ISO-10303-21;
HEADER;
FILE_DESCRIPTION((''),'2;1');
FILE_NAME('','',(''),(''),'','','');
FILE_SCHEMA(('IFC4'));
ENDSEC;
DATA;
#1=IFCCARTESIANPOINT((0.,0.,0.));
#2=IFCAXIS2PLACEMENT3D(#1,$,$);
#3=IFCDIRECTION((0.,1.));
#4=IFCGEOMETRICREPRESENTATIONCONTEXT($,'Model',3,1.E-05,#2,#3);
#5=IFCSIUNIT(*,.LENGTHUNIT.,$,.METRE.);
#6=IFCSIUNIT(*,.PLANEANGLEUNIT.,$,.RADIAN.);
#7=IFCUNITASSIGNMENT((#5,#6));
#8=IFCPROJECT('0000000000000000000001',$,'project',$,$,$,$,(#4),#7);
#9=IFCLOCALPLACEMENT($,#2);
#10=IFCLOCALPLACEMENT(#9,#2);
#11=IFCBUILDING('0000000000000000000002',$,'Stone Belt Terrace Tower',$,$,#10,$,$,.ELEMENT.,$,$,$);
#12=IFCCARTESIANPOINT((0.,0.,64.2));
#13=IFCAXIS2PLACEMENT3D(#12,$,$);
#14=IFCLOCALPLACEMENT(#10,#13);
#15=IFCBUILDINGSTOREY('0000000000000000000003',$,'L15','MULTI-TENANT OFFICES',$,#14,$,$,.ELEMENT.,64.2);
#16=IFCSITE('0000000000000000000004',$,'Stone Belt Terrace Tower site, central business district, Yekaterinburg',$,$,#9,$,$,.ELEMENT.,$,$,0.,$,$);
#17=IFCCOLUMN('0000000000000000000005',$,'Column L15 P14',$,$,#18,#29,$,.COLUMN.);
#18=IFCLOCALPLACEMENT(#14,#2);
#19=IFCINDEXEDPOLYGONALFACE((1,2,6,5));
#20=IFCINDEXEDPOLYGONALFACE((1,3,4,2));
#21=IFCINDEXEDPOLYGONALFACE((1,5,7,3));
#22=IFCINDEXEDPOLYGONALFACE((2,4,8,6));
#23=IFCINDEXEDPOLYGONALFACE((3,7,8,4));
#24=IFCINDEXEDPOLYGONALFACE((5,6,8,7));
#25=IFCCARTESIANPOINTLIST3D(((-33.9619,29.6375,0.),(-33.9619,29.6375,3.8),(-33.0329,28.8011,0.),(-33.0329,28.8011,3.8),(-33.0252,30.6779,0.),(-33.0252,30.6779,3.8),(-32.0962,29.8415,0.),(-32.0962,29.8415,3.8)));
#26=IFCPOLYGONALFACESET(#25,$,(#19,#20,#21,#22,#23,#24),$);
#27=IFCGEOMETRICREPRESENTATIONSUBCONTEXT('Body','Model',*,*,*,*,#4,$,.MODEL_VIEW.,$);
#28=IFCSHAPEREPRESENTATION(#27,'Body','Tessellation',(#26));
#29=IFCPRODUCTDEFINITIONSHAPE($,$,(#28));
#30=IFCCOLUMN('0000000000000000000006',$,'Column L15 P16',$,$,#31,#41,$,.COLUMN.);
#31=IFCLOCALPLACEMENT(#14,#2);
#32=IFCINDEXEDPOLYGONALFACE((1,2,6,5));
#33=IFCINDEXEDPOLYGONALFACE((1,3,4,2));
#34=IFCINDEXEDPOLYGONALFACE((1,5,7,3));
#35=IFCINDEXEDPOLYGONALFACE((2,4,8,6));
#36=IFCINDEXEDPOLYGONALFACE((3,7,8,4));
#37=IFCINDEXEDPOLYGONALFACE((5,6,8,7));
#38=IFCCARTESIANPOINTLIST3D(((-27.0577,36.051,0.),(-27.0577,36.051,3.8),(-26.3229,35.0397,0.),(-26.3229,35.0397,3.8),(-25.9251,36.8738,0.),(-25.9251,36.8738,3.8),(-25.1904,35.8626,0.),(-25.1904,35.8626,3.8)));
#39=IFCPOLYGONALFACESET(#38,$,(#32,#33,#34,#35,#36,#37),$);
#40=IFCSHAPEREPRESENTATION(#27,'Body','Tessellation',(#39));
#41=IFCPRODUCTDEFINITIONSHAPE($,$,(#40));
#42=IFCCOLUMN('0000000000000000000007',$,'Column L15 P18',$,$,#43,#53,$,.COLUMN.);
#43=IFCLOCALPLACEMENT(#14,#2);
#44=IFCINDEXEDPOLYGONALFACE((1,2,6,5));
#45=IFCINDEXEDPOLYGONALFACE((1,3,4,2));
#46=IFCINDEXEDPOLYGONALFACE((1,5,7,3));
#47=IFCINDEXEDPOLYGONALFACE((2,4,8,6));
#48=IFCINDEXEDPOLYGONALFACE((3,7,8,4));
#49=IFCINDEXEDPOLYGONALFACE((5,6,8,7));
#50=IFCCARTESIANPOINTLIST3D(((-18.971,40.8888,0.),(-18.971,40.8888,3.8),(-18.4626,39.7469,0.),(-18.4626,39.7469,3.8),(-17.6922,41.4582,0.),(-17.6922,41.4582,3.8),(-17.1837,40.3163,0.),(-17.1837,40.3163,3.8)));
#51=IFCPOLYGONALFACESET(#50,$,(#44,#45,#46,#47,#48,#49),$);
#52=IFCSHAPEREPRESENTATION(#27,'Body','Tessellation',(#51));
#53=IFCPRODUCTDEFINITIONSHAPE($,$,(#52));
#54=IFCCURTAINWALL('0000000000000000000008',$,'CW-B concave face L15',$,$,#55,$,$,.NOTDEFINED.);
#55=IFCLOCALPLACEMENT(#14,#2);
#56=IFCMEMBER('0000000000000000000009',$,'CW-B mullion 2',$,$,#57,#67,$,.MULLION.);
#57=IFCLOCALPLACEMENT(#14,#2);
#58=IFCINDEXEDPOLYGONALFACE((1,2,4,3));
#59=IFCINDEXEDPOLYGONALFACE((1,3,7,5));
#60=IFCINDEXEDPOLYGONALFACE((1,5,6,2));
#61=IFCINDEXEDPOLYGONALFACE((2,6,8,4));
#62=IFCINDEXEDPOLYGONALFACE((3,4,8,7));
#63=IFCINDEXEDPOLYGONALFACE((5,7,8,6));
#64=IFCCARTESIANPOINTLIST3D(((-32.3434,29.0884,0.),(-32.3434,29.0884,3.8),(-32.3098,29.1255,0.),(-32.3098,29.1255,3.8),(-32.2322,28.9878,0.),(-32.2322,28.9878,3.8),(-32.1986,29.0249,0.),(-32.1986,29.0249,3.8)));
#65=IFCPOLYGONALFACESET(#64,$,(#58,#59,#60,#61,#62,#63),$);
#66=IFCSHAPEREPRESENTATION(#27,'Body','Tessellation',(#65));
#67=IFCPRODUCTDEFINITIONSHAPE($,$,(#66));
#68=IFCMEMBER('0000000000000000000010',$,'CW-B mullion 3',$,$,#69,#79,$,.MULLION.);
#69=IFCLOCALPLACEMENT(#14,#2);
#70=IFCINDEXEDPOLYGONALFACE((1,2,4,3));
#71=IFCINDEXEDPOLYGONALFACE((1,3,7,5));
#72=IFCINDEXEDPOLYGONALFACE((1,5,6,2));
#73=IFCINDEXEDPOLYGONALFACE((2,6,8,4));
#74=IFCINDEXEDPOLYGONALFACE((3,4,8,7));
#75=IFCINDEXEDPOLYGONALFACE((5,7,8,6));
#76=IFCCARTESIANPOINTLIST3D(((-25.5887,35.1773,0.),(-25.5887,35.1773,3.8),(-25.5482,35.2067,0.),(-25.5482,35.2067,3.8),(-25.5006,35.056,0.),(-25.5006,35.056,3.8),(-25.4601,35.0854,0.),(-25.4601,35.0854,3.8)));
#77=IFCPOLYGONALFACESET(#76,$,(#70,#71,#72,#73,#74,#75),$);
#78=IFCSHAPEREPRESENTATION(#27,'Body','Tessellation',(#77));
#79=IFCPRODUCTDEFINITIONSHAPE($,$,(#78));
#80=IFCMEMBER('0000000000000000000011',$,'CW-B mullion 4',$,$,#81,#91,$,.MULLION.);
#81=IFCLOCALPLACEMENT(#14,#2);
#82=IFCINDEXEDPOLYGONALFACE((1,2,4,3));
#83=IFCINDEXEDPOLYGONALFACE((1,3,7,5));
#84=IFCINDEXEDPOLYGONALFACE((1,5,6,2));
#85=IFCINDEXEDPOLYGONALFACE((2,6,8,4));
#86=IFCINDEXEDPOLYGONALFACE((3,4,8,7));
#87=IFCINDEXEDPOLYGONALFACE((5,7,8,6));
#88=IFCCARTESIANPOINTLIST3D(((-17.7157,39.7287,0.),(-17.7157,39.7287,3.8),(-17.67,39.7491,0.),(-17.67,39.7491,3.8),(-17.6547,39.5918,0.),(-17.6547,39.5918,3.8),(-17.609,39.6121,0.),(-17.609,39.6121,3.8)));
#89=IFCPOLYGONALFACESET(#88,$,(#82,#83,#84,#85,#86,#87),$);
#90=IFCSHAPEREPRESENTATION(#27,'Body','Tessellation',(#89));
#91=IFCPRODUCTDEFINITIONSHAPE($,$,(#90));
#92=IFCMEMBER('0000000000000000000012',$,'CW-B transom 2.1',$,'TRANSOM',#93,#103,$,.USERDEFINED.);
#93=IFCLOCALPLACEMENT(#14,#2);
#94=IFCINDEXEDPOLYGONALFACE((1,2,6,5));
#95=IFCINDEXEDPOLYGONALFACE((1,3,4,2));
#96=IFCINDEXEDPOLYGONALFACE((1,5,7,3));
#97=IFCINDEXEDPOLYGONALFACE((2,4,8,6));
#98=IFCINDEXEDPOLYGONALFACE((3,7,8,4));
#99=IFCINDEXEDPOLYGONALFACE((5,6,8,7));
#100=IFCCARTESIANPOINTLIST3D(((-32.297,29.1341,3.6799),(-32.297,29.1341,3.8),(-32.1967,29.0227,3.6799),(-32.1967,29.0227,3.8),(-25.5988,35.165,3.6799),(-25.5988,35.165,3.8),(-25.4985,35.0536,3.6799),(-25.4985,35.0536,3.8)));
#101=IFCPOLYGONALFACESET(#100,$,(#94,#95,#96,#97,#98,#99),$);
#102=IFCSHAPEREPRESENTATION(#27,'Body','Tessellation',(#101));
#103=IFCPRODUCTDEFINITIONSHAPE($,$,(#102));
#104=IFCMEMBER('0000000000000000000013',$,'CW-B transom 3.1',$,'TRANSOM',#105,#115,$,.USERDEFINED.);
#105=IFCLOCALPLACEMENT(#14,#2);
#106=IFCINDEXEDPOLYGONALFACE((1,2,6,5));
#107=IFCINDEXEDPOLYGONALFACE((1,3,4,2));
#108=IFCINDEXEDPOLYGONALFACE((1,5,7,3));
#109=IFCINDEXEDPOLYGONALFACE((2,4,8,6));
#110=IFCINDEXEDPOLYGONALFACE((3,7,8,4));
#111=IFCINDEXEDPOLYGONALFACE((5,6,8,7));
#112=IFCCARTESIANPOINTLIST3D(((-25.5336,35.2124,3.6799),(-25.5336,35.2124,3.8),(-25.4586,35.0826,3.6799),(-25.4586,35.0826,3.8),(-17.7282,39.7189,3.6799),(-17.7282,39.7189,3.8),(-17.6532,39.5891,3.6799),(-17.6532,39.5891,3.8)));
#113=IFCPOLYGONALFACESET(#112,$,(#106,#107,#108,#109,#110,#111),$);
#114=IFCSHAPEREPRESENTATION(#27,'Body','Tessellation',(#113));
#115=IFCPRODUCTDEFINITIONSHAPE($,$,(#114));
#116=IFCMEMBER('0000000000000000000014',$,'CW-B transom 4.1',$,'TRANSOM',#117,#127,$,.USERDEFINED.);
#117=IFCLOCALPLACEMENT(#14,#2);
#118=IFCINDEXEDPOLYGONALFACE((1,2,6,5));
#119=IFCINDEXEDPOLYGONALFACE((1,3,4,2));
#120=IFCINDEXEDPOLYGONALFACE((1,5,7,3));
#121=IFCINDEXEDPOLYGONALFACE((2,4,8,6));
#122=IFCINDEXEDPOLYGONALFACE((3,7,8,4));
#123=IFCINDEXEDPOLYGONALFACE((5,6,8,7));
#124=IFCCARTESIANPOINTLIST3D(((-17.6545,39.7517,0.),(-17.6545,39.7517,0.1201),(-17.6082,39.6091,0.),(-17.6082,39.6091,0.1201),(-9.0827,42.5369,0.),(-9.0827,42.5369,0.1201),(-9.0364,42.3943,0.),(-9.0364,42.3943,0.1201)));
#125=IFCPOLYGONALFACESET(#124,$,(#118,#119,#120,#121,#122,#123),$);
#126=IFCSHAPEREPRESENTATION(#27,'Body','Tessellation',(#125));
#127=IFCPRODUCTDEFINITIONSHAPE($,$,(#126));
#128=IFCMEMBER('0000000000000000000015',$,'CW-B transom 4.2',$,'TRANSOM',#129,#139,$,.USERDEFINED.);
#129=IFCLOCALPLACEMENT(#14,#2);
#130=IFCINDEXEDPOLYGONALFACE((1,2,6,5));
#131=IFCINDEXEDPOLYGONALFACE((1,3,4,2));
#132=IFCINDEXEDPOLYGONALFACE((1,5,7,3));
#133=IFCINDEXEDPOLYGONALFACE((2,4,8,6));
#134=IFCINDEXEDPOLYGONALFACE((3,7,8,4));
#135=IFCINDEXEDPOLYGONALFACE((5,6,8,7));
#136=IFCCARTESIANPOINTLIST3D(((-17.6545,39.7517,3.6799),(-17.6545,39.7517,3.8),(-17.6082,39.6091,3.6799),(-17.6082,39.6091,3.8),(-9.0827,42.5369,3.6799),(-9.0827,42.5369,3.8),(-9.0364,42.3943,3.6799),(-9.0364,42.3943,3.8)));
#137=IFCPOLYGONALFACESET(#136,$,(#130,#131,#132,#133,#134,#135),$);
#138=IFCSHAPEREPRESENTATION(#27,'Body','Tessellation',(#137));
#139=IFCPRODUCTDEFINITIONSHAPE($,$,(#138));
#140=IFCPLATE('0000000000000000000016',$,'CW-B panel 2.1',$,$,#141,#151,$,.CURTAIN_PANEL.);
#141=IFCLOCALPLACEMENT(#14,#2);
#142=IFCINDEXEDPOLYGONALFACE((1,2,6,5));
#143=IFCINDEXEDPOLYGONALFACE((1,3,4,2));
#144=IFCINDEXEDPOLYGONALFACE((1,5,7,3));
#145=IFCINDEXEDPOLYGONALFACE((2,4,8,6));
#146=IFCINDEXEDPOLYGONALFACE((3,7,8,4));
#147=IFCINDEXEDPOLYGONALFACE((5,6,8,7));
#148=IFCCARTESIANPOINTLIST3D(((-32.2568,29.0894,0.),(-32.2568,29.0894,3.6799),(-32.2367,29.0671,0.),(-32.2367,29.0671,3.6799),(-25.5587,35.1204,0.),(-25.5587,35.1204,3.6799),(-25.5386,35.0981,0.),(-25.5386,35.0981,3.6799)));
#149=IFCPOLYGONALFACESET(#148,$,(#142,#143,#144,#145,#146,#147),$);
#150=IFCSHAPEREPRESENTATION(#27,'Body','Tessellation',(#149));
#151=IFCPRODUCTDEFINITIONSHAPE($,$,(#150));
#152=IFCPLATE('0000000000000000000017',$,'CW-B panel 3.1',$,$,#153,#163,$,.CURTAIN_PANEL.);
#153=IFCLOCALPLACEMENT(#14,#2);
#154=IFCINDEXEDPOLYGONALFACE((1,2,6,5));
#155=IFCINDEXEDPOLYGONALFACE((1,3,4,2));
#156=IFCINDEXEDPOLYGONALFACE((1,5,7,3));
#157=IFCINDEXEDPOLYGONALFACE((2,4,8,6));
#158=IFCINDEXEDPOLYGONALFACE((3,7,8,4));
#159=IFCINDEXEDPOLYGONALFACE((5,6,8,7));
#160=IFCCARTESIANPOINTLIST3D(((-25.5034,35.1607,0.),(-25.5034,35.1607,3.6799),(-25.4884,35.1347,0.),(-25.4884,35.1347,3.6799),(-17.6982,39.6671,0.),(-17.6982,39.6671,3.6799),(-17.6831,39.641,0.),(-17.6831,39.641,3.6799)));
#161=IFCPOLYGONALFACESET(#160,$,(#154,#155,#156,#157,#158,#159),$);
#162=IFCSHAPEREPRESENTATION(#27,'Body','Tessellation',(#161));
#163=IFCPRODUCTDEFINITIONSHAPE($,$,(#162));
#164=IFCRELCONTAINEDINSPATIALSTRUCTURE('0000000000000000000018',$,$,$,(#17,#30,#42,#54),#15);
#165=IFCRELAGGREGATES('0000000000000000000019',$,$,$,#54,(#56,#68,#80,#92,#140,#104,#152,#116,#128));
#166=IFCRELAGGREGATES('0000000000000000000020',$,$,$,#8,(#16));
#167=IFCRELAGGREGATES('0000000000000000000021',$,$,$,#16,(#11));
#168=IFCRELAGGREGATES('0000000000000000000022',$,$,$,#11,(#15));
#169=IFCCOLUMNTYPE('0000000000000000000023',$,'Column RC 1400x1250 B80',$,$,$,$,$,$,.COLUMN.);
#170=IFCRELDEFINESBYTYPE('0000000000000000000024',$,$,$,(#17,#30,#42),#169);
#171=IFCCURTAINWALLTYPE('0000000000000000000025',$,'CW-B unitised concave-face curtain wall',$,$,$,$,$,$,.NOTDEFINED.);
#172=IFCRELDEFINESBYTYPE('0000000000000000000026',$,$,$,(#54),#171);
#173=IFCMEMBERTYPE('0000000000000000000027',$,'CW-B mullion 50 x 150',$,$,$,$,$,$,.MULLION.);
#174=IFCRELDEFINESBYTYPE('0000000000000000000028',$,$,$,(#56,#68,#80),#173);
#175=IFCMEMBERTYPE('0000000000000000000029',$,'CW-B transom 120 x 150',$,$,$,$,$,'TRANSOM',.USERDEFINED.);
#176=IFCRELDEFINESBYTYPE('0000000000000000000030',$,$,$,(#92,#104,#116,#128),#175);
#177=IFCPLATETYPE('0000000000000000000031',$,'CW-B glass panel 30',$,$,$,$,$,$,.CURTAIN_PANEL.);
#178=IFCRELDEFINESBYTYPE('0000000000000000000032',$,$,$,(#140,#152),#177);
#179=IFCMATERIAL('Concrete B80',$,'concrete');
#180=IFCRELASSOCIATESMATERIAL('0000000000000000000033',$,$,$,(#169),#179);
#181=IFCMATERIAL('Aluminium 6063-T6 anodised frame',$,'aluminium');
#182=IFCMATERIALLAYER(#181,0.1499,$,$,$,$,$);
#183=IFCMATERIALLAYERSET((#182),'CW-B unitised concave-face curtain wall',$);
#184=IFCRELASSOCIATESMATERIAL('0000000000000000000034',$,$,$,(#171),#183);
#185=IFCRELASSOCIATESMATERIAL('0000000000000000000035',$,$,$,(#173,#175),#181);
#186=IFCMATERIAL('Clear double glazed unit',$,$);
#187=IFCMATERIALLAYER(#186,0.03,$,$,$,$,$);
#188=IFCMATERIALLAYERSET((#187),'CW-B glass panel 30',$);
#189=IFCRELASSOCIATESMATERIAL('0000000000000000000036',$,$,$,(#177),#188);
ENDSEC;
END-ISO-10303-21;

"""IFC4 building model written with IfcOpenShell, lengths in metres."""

from ifc_helpers import new_model, si_unit, direction, frame, origin, origin_2d, place, context, subcontext, project, spatial, rectangle, extrude, material, layer, layer_set, material_profile, profile_set, type_object, element, aggregate, save


model = new_model("IFC4")

# Units and contexts
model_context = context("Model", 3, precision=1e-05, world=origin(), true_north=direction((0.0, 1.0)))
body_context = subcontext(model_context, "Body", "Model", "MODEL_VIEW")
ifc_project = project(units=[si_unit("LENGTHUNIT", "METRE"), si_unit("PLANEANGLEUNIT", "RADIAN")], contexts=[model_context])

# Site, building, storey
site_placement = place(None, origin())
site = spatial("IfcSite", under=ifc_project, at=site_placement, Name="Stone Belt Terrace Tower site, central business district, Yekaterinburg", CompositionType="ELEMENT", RefElevation=0.0)
building_placement = place(site_placement, origin())
building = spatial("IfcBuilding", under=site, at=building_placement, Name="Stone Belt Terrace Tower", CompositionType="ELEMENT")
storey_placement = place(building_placement, frame((0.0, 0.0, 64.2)))
storey = spatial("IfcBuildingStorey", under=building, at=storey_placement, Name="L15", Description="MULTI-TENANT OFFICES", CompositionType="ELEMENT", Elevation=64.2)

# Columns
ifc_material_1 = material(Name="Concrete B80", Category="concrete")
ifc_material_profile_1 = material_profile(ifc_material_1, rectangle(XDim=1.3999, YDim=1.25, at=origin_2d()), Name="RC 1400x1250")
ifc_profile_set_1 = profile_set([ifc_material_profile_1], Name="Concrete B80")
column_type = type_object("IfcColumnType", Name="Column RC 1400x1250 B80", PredefinedType="COLUMN", material=ifc_profile_set_1)
for number, where, z_axis, x_axis, name in (
    (1, (-33.0291, 29.7395, 0.0), (0.0, 0.0, 1.0), (0.669131, 0.743145, 0.0), "Column L15 P14"),
    (2, (-26.124, 35.9568, 0.0), (0.0, 0.0, 1.0), (0.809017, 0.587785, 0.0), "Column L15 P16"),
    (3, (-18.0774, 40.6025, 0.0), (0.0, 0.0, 1.0), (0.913545, 0.406737, 0.0), "Column L15 P18"),
):
    element("IfcColumn", number, at=place(storey_placement, frame(where, z_axis=z_axis, x_axis=x_axis)), inside=storey, type_object=column_type, Name=name, PredefinedType="COLUMN", context=body_context, shape_type="SweptSolid", body=[
        extrude(rectangle(XDim=1.3999, YDim=1.25, at=origin_2d()), origin(), (0.0, 0.0, 1.0), 3.8),
    ])

# Curtain wall, members, plates
ifc_material_2 = material(Name="Aluminium 6063-T6 anodised frame", Category="aluminium")
ifc_layer_1 = layer(ifc_material_2, 0.1499)
ifc_layer_set_1 = layer_set([ifc_layer_1], Name="CW-B unitised concave-face curtain wall")
curtain_wall_type = type_object("IfcCurtainWallType", Name="CW-B unitised concave-face curtain wall", PredefinedType="NOTDEFINED", material=ifc_layer_set_1)
curtain_wall_placement = place(storey_placement, origin())
curtain_wall = element("IfcCurtainWall", 4, at=curtain_wall_placement, inside=storey, type_object=curtain_wall_type, Name="CW-B concave face L15", PredefinedType="NOTDEFINED")
ifc_material_profile_2 = material_profile(ifc_material_2, rectangle(XDim=0.1499, YDim=0.05, at=origin_2d()), Name="Aluminium 6063-T6 50x150")
ifc_profile_set_2 = profile_set([ifc_material_profile_2], Name="Aluminium 6063-T6 anodised frame")
member_type_1 = type_object("IfcMemberType", Name="CW-B mullion 50 x 150", PredefinedType="MULLION", material=ifc_profile_set_2)
member_1_placement = place(storey_placement, frame((-32.271, 29.0566, 0.0), z_axis=(0.0, 0.0, 1.0), x_axis=(-0.74133, 0.671141, 0.0)))
member_1 = element("IfcMember", 5, at=member_1_placement, type_object=member_type_1, Name="CW-B mullion 2", PredefinedType="MULLION", context=body_context, shape_type="SweptSolid", body=[
    extrude(rectangle(XDim=0.1499, YDim=0.05, at=origin_2d()), origin(), (0.0, 0.0, 1.0), 3.8),
])
member_2_placement = place(storey_placement, frame((-25.5244, 35.1313, 0.0), z_axis=(0.0, 0.0, 1.0), x_axis=(-0.587785, 0.809017, 0.0)))
member_2 = element("IfcMember", 6, at=member_2_placement, type_object=member_type_1, Name="CW-B mullion 3", PredefinedType="MULLION", context=body_context, shape_type="SweptSolid", body=[
    extrude(rectangle(XDim=0.1499, YDim=0.05, at=origin_2d()), origin(), (0.0, 0.0, 1.0), 3.8),
])
member_3_placement = place(storey_placement, frame((-17.6624, 39.6704, 0.0), z_axis=(0.0, 0.0, 1.0), x_axis=(-0.406737, 0.913545, 0.0)))
member_3 = element("IfcMember", 7, at=member_3_placement, type_object=member_type_1, Name="CW-B mullion 4", PredefinedType="MULLION", context=body_context, shape_type="SweptSolid", body=[
    extrude(rectangle(XDim=0.1499, YDim=0.05, at=origin_2d()), origin(), (0.0, 0.0, 1.0), 3.8),
])
ifc_material_profile_3 = material_profile(ifc_material_2, rectangle(XDim=0.1499, YDim=0.1201, at=origin_2d()), Name="Aluminium 6063-T6 150x120")
ifc_profile_set_3 = profile_set([ifc_material_profile_3], Name="Aluminium 6063-T6 anodised frame")
member_type_2 = type_object("IfcMemberType", Name="CW-B transom 120 x 150", ElementType="TRANSOM", PredefinedType="USERDEFINED", material=ifc_profile_set_3)
member_4_placement = place(storey_placement, frame((-32.2468, 29.0784, 3.74), z_axis=(0.743151, 0.669123, 0.0), x_axis=(-0.669123, 0.743151, 0.0)))
member_4 = element("IfcMember", 8, at=member_4_placement, type_object=member_type_2, Name="CW-B transom 2.1", ObjectType="TRANSOM", PredefinedType="USERDEFINED", context=body_context, shape_type="SweptSolid", body=[
    extrude(rectangle(XDim=0.1499, YDim=0.1201, at=origin_2d()), origin(), (0.0, 0.0, 1.0), 9.0132),
])
member_5_placement = place(storey_placement, frame((-25.4961, 35.1475, 3.74), z_axis=(0.866019, 0.500011, 0.0), x_axis=(-0.500011, 0.866019, 0.0)))
member_5 = element("IfcMember", 9, at=member_5_placement, type_object=member_type_2, Name="CW-B transom 3.1", ObjectType="TRANSOM", PredefinedType="USERDEFINED", context=body_context, shape_type="SweptSolid", body=[
    extrude(rectangle(XDim=0.1499, YDim=0.1201, at=origin_2d()), origin(), (0.0, 0.0, 1.0), 9.0129),
])
member_6_placement = place(storey_placement, frame((-17.6313, 39.6804, 0.0601), z_axis=(0.951056, 0.309019, 0.0), x_axis=(-0.309019, 0.951056, 0.0)))
member_6 = element("IfcMember", 10, at=member_6_placement, type_object=member_type_2, Name="CW-B transom 4.1", ObjectType="TRANSOM", PredefinedType="USERDEFINED", context=body_context, shape_type="SweptSolid", body=[
    extrude(rectangle(XDim=0.1499, YDim=0.1201, at=origin_2d()), origin(), (0.0, 0.0, 1.0), 9.0129),
])
member_7_placement = place(storey_placement, frame((-17.6313, 39.6804, 3.74), z_axis=(0.951056, 0.309019, 0.0), x_axis=(-0.309019, 0.951056, 0.0)))
member_7 = element("IfcMember", 11, at=member_7_placement, type_object=member_type_2, Name="CW-B transom 4.2", ObjectType="TRANSOM", PredefinedType="USERDEFINED", context=body_context, shape_type="SweptSolid", body=[
    extrude(rectangle(XDim=0.1499, YDim=0.1201, at=origin_2d()), origin(), (0.0, 0.0, 1.0), 9.0129),
])
ifc_material_3 = material(Name="Clear double glazed unit")
ifc_layer_2 = layer(ifc_material_3, 0.03)
ifc_layer_set_2 = layer_set([ifc_layer_2], Name="CW-B glass panel 30")
plate_type = type_object("IfcPlateType", Name="CW-B glass panel 30", PredefinedType="CURTAIN_PANEL", material=ifc_layer_set_2)
plate_1_placement = place(storey_placement, frame((-28.8977, 32.0938, 0.0), z_axis=(0.0, 0.0, 1.0), x_axis=(0.743145, 0.669131, 0.0)))
plate_1 = element("IfcPlate", 12, at=plate_1_placement, type_object=plate_type, Name="CW-B panel 2.1", PredefinedType="CURTAIN_PANEL", context=body_context, shape_type="SweptSolid", body=[
    extrude(rectangle(XDim=9.0132, YDim=0.03, at=origin_2d()), origin(), (0.0, 0.0, 1.0), 3.6799),
])
plate_2_placement = place(storey_placement, frame((-21.5933, 37.4009, 0.0), z_axis=(0.0, 0.0, 1.0), x_axis=(0.866025, 0.5, 0.0)))
plate_2 = element("IfcPlate", 13, at=plate_2_placement, type_object=plate_type, Name="CW-B panel 3.1", PredefinedType="CURTAIN_PANEL", context=body_context, shape_type="SweptSolid", body=[
    extrude(rectangle(XDim=9.0127, YDim=0.03, at=origin_2d()), origin(), (0.0, 0.0, 1.0), 3.6799),
])
aggregate(curtain_wall, [member_1, member_2, member_3, member_4, plate_1, member_5, plate_2, member_6, member_7])

save(model, "model.ifc")
